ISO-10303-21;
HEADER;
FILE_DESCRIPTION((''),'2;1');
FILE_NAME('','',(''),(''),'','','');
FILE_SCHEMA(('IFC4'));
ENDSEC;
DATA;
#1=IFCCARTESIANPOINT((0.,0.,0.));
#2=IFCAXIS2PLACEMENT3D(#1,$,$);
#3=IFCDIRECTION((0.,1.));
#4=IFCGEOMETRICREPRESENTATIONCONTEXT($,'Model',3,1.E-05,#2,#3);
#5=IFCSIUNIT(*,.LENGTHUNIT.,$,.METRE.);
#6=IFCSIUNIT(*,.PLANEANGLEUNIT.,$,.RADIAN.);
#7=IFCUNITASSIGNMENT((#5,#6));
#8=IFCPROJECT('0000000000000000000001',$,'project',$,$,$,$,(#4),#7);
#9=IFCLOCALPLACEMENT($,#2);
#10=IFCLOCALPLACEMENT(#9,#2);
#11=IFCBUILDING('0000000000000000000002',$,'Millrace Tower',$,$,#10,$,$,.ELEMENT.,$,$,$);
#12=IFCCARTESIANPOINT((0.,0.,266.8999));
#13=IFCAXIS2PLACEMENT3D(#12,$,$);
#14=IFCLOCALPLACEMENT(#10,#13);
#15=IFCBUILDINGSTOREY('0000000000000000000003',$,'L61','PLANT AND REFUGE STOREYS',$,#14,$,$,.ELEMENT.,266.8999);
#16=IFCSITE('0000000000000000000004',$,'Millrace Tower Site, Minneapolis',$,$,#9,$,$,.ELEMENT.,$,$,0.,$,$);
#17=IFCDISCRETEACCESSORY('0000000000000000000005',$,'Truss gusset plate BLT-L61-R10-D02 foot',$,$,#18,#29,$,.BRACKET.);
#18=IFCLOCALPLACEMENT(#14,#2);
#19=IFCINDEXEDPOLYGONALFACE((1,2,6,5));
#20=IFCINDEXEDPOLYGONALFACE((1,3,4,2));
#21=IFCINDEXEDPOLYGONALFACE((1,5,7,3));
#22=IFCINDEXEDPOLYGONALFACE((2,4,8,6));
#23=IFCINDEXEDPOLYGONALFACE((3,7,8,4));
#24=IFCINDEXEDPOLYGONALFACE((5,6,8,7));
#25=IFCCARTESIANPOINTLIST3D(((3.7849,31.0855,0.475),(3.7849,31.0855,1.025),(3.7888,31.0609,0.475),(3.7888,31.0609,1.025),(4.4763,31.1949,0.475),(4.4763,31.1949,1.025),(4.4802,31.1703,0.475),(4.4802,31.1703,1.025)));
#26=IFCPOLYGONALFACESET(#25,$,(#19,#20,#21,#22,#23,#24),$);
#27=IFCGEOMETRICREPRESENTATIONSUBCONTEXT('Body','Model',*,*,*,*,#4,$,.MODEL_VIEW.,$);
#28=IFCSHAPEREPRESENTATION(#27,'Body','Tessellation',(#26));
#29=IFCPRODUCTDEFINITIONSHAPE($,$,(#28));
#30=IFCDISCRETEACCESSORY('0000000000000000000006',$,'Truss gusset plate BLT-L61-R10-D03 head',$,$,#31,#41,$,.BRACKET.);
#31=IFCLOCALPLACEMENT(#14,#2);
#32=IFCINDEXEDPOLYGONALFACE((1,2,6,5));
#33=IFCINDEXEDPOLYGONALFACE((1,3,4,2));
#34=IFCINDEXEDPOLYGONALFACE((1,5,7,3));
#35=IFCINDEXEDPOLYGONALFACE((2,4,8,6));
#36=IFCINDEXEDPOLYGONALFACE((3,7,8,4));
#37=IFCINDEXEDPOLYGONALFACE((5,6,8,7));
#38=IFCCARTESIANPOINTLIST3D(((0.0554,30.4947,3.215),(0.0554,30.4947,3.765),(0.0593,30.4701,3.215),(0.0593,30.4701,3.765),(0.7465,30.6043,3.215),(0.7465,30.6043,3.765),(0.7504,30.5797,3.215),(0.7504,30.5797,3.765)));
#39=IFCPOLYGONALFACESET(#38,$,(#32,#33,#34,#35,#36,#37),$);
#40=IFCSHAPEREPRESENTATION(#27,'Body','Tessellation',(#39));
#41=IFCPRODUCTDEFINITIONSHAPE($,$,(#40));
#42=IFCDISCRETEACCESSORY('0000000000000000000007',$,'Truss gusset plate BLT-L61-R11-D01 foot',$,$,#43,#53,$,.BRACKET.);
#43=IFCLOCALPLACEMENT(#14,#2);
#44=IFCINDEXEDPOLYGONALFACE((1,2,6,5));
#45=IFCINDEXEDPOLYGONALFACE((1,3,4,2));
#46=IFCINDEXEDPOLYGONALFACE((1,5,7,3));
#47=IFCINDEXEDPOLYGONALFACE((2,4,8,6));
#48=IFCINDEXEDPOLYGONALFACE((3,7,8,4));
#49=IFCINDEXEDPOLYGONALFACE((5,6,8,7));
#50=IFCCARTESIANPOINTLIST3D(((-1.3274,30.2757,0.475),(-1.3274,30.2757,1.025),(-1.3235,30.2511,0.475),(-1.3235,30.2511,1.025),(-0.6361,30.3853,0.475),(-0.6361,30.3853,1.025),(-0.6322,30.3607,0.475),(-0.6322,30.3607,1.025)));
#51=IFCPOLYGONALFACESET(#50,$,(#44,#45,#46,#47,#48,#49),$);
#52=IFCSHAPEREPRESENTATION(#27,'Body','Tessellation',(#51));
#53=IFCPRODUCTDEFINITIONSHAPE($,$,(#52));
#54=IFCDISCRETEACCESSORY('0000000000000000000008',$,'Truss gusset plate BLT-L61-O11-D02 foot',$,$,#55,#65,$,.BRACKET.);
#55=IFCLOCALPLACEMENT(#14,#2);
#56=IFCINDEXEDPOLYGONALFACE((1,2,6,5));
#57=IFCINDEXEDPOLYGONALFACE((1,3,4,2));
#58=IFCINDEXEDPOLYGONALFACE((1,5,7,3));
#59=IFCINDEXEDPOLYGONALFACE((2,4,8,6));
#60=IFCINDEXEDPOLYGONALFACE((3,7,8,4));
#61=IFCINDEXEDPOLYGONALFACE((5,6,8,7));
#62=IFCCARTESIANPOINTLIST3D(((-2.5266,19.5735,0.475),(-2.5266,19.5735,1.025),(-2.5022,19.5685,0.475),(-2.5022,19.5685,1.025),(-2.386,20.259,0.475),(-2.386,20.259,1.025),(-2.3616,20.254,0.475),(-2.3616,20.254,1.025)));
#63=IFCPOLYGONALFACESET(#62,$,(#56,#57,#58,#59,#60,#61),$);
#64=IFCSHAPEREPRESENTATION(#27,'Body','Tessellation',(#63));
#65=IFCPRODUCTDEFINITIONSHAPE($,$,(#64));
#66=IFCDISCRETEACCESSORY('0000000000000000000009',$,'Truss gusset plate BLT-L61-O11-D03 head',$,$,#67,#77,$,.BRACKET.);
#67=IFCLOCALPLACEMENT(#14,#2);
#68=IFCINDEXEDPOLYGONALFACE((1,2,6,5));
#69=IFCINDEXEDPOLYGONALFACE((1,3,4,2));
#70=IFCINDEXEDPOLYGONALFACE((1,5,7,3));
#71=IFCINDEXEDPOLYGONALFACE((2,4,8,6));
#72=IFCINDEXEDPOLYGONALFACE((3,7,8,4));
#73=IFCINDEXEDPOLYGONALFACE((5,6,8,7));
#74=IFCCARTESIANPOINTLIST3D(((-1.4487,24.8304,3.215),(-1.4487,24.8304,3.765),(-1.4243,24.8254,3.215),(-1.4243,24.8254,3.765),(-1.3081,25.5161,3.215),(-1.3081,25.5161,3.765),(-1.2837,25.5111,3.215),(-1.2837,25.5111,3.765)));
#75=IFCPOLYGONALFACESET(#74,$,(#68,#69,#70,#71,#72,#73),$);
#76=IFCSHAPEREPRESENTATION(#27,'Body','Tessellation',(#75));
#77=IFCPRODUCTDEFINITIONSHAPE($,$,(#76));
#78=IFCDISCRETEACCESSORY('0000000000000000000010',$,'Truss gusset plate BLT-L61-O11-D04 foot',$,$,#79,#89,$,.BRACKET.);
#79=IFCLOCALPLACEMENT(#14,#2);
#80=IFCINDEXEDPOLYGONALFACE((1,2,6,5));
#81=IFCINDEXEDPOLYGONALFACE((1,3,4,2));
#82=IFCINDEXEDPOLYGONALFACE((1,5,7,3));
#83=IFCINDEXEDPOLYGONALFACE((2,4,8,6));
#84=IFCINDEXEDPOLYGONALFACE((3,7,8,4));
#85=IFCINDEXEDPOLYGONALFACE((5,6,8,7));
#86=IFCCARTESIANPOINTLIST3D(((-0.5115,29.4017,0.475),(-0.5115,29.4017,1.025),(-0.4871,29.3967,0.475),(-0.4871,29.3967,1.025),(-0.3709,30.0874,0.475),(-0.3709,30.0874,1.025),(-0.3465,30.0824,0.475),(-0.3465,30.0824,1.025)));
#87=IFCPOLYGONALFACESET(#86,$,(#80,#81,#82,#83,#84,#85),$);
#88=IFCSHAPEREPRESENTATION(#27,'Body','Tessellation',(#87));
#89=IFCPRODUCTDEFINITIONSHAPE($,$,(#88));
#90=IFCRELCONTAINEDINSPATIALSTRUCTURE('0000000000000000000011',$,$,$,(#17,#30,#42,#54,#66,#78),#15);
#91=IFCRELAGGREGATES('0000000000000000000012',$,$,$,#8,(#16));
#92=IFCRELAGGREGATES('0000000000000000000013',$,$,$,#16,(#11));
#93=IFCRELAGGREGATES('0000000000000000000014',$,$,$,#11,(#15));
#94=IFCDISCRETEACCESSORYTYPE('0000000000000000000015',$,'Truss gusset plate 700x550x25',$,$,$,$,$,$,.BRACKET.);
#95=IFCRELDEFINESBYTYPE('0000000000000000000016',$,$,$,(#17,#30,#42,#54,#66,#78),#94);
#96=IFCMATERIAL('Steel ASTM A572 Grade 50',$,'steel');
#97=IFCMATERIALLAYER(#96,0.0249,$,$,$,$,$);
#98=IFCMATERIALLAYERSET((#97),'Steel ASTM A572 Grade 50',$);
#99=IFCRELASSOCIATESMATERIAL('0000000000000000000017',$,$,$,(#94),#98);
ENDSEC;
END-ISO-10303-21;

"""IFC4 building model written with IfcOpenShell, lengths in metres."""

from ifc_helpers import new_model, si_unit, direction, frame, origin, origin_2d, place, context, subcontext, project, spatial, rectangle, extrude, material, layer, layer_set, type_object, element, save


model = new_model("IFC4")

# Units and contexts
model_context = context("Model", 3, precision=1e-05, world=origin(), true_north=direction((0.0, 1.0)))
body_context = subcontext(model_context, "Body", "Model", "MODEL_VIEW")
ifc_project = project(units=[si_unit("LENGTHUNIT", "METRE"), si_unit("PLANEANGLEUNIT", "RADIAN")], contexts=[model_context])

# Site, building, storey
site_placement = place(None, origin())
site = spatial("IfcSite", under=ifc_project, at=site_placement, Name="Millrace Tower Site, Minneapolis", CompositionType="ELEMENT", RefElevation=0.0)
building_placement = place(site_placement, origin())
building = spatial("IfcBuilding", under=site, at=building_placement, Name="Millrace Tower", CompositionType="ELEMENT")
storey_placement = place(building_placement, frame((0.0, 0.0, 266.8999)))
storey = spatial("IfcBuildingStorey", under=building, at=storey_placement, Name="L61", Description="PLANT AND REFUGE STOREYS", CompositionType="ELEMENT", Elevation=266.8999)

# Discrete accessories
ifc_material_1 = material(Name="Steel ASTM A572 Grade 50", Category="steel")
ifc_layer_1 = layer(ifc_material_1, 0.0249)
ifc_layer_set_1 = layer_set([ifc_layer_1], Name="Steel ASTM A572 Grade 50")
discrete_accessory_type = type_object("IfcDiscreteAccessoryType", Name="Truss gusset plate 700x550x25", PredefinedType="BRACKET", material=ifc_layer_set_1)
discrete_accessory_1_placement = place(storey_placement, frame((3.7869, 31.0732, 0.75), z_axis=(0.987718, 0.156249, 0.0), x_axis=(-0.156249, 0.987718, 0.0)))
element("IfcDiscreteAccessory", 1, at=discrete_accessory_1_placement, inside=storey, type_object=discrete_accessory_type, Name="Truss gusset plate BLT-L61-R10-D02 foot", PredefinedType="BRACKET", context=body_context, shape_type="SweptSolid", body=[
    extrude(rectangle(XDim=0.0249, YDim=0.55, at=origin_2d()), origin(), (0.0, 0.0, 1.0), 0.7),
])
discrete_accessory_2_placement = place(storey_placement, frame((0.0574, 30.4824, 3.49), z_axis=(0.987655, 0.156643, 0.0), x_axis=(-0.156643, 0.987655, 0.0)))
element("IfcDiscreteAccessory", 2, at=discrete_accessory_2_placement, inside=storey, type_object=discrete_accessory_type, Name="Truss gusset plate BLT-L61-R10-D03 head", PredefinedType="BRACKET", context=body_context, shape_type="SweptSolid", body=[
    extrude(rectangle(XDim=0.0249, YDim=0.55, at=origin_2d()), origin(), (0.0, 0.0, 1.0), 0.6997),
])
discrete_accessory_3_placement = place(storey_placement, frame((-1.3254, 30.2634, 0.75), z_axis=(0.987664, 0.156589, 0.0), x_axis=(-0.156589, 0.987664, 0.0)))
element("IfcDiscreteAccessory", 3, at=discrete_accessory_3_placement, inside=storey, type_object=discrete_accessory_type, Name="Truss gusset plate BLT-L61-R11-D01 foot", PredefinedType="BRACKET", context=body_context, shape_type="SweptSolid", body=[
    extrude(rectangle(XDim=0.0249, YDim=0.55, at=origin_2d()), origin(), (0.0, 0.0, 1.0), 0.7),
])
discrete_accessory_4_placement = place(storey_placement, frame((-2.5144, 19.571, 0.75), z_axis=(0.200944, 0.979603, 0.0), x_axis=(-0.979603, 0.200944, 0.0)))
element("IfcDiscreteAccessory", 4, at=discrete_accessory_4_placement, inside=storey, type_object=discrete_accessory_type, Name="Truss gusset plate BLT-L61-O11-D02 foot", PredefinedType="BRACKET", context=body_context, shape_type="SweptSolid", body=[
    extrude(rectangle(XDim=0.0249, YDim=0.55, at=origin_2d()), origin(), (0.0, 0.0, 1.0), 0.6997),
])
for number, where, z_axis, x_axis, name in (
    (5, (-1.4365, 24.8279, 3.49), (0.200875, 0.979617, 0.0), (-0.979617, 0.200875, 0.0), "Truss gusset plate BLT-L61-O11-D03 head"),
    (6, (-0.4993, 29.3992, 0.75), (0.200875, 0.979617, 0.0), (-0.979617, 0.200875, 0.0), "Truss gusset plate BLT-L61-O11-D04 foot"),
):
    element("IfcDiscreteAccessory", number, at=place(storey_placement, frame(where, z_axis=z_axis, x_axis=x_axis)), inside=storey, type_object=discrete_accessory_type, Name=name, PredefinedType="BRACKET", context=body_context, shape_type="SweptSolid", body=[
        extrude(rectangle(XDim=0.0249, YDim=0.55, at=origin_2d()), origin(), (0.0, 0.0, 1.0), 0.7),
    ])

save(model, "model.ifc")
